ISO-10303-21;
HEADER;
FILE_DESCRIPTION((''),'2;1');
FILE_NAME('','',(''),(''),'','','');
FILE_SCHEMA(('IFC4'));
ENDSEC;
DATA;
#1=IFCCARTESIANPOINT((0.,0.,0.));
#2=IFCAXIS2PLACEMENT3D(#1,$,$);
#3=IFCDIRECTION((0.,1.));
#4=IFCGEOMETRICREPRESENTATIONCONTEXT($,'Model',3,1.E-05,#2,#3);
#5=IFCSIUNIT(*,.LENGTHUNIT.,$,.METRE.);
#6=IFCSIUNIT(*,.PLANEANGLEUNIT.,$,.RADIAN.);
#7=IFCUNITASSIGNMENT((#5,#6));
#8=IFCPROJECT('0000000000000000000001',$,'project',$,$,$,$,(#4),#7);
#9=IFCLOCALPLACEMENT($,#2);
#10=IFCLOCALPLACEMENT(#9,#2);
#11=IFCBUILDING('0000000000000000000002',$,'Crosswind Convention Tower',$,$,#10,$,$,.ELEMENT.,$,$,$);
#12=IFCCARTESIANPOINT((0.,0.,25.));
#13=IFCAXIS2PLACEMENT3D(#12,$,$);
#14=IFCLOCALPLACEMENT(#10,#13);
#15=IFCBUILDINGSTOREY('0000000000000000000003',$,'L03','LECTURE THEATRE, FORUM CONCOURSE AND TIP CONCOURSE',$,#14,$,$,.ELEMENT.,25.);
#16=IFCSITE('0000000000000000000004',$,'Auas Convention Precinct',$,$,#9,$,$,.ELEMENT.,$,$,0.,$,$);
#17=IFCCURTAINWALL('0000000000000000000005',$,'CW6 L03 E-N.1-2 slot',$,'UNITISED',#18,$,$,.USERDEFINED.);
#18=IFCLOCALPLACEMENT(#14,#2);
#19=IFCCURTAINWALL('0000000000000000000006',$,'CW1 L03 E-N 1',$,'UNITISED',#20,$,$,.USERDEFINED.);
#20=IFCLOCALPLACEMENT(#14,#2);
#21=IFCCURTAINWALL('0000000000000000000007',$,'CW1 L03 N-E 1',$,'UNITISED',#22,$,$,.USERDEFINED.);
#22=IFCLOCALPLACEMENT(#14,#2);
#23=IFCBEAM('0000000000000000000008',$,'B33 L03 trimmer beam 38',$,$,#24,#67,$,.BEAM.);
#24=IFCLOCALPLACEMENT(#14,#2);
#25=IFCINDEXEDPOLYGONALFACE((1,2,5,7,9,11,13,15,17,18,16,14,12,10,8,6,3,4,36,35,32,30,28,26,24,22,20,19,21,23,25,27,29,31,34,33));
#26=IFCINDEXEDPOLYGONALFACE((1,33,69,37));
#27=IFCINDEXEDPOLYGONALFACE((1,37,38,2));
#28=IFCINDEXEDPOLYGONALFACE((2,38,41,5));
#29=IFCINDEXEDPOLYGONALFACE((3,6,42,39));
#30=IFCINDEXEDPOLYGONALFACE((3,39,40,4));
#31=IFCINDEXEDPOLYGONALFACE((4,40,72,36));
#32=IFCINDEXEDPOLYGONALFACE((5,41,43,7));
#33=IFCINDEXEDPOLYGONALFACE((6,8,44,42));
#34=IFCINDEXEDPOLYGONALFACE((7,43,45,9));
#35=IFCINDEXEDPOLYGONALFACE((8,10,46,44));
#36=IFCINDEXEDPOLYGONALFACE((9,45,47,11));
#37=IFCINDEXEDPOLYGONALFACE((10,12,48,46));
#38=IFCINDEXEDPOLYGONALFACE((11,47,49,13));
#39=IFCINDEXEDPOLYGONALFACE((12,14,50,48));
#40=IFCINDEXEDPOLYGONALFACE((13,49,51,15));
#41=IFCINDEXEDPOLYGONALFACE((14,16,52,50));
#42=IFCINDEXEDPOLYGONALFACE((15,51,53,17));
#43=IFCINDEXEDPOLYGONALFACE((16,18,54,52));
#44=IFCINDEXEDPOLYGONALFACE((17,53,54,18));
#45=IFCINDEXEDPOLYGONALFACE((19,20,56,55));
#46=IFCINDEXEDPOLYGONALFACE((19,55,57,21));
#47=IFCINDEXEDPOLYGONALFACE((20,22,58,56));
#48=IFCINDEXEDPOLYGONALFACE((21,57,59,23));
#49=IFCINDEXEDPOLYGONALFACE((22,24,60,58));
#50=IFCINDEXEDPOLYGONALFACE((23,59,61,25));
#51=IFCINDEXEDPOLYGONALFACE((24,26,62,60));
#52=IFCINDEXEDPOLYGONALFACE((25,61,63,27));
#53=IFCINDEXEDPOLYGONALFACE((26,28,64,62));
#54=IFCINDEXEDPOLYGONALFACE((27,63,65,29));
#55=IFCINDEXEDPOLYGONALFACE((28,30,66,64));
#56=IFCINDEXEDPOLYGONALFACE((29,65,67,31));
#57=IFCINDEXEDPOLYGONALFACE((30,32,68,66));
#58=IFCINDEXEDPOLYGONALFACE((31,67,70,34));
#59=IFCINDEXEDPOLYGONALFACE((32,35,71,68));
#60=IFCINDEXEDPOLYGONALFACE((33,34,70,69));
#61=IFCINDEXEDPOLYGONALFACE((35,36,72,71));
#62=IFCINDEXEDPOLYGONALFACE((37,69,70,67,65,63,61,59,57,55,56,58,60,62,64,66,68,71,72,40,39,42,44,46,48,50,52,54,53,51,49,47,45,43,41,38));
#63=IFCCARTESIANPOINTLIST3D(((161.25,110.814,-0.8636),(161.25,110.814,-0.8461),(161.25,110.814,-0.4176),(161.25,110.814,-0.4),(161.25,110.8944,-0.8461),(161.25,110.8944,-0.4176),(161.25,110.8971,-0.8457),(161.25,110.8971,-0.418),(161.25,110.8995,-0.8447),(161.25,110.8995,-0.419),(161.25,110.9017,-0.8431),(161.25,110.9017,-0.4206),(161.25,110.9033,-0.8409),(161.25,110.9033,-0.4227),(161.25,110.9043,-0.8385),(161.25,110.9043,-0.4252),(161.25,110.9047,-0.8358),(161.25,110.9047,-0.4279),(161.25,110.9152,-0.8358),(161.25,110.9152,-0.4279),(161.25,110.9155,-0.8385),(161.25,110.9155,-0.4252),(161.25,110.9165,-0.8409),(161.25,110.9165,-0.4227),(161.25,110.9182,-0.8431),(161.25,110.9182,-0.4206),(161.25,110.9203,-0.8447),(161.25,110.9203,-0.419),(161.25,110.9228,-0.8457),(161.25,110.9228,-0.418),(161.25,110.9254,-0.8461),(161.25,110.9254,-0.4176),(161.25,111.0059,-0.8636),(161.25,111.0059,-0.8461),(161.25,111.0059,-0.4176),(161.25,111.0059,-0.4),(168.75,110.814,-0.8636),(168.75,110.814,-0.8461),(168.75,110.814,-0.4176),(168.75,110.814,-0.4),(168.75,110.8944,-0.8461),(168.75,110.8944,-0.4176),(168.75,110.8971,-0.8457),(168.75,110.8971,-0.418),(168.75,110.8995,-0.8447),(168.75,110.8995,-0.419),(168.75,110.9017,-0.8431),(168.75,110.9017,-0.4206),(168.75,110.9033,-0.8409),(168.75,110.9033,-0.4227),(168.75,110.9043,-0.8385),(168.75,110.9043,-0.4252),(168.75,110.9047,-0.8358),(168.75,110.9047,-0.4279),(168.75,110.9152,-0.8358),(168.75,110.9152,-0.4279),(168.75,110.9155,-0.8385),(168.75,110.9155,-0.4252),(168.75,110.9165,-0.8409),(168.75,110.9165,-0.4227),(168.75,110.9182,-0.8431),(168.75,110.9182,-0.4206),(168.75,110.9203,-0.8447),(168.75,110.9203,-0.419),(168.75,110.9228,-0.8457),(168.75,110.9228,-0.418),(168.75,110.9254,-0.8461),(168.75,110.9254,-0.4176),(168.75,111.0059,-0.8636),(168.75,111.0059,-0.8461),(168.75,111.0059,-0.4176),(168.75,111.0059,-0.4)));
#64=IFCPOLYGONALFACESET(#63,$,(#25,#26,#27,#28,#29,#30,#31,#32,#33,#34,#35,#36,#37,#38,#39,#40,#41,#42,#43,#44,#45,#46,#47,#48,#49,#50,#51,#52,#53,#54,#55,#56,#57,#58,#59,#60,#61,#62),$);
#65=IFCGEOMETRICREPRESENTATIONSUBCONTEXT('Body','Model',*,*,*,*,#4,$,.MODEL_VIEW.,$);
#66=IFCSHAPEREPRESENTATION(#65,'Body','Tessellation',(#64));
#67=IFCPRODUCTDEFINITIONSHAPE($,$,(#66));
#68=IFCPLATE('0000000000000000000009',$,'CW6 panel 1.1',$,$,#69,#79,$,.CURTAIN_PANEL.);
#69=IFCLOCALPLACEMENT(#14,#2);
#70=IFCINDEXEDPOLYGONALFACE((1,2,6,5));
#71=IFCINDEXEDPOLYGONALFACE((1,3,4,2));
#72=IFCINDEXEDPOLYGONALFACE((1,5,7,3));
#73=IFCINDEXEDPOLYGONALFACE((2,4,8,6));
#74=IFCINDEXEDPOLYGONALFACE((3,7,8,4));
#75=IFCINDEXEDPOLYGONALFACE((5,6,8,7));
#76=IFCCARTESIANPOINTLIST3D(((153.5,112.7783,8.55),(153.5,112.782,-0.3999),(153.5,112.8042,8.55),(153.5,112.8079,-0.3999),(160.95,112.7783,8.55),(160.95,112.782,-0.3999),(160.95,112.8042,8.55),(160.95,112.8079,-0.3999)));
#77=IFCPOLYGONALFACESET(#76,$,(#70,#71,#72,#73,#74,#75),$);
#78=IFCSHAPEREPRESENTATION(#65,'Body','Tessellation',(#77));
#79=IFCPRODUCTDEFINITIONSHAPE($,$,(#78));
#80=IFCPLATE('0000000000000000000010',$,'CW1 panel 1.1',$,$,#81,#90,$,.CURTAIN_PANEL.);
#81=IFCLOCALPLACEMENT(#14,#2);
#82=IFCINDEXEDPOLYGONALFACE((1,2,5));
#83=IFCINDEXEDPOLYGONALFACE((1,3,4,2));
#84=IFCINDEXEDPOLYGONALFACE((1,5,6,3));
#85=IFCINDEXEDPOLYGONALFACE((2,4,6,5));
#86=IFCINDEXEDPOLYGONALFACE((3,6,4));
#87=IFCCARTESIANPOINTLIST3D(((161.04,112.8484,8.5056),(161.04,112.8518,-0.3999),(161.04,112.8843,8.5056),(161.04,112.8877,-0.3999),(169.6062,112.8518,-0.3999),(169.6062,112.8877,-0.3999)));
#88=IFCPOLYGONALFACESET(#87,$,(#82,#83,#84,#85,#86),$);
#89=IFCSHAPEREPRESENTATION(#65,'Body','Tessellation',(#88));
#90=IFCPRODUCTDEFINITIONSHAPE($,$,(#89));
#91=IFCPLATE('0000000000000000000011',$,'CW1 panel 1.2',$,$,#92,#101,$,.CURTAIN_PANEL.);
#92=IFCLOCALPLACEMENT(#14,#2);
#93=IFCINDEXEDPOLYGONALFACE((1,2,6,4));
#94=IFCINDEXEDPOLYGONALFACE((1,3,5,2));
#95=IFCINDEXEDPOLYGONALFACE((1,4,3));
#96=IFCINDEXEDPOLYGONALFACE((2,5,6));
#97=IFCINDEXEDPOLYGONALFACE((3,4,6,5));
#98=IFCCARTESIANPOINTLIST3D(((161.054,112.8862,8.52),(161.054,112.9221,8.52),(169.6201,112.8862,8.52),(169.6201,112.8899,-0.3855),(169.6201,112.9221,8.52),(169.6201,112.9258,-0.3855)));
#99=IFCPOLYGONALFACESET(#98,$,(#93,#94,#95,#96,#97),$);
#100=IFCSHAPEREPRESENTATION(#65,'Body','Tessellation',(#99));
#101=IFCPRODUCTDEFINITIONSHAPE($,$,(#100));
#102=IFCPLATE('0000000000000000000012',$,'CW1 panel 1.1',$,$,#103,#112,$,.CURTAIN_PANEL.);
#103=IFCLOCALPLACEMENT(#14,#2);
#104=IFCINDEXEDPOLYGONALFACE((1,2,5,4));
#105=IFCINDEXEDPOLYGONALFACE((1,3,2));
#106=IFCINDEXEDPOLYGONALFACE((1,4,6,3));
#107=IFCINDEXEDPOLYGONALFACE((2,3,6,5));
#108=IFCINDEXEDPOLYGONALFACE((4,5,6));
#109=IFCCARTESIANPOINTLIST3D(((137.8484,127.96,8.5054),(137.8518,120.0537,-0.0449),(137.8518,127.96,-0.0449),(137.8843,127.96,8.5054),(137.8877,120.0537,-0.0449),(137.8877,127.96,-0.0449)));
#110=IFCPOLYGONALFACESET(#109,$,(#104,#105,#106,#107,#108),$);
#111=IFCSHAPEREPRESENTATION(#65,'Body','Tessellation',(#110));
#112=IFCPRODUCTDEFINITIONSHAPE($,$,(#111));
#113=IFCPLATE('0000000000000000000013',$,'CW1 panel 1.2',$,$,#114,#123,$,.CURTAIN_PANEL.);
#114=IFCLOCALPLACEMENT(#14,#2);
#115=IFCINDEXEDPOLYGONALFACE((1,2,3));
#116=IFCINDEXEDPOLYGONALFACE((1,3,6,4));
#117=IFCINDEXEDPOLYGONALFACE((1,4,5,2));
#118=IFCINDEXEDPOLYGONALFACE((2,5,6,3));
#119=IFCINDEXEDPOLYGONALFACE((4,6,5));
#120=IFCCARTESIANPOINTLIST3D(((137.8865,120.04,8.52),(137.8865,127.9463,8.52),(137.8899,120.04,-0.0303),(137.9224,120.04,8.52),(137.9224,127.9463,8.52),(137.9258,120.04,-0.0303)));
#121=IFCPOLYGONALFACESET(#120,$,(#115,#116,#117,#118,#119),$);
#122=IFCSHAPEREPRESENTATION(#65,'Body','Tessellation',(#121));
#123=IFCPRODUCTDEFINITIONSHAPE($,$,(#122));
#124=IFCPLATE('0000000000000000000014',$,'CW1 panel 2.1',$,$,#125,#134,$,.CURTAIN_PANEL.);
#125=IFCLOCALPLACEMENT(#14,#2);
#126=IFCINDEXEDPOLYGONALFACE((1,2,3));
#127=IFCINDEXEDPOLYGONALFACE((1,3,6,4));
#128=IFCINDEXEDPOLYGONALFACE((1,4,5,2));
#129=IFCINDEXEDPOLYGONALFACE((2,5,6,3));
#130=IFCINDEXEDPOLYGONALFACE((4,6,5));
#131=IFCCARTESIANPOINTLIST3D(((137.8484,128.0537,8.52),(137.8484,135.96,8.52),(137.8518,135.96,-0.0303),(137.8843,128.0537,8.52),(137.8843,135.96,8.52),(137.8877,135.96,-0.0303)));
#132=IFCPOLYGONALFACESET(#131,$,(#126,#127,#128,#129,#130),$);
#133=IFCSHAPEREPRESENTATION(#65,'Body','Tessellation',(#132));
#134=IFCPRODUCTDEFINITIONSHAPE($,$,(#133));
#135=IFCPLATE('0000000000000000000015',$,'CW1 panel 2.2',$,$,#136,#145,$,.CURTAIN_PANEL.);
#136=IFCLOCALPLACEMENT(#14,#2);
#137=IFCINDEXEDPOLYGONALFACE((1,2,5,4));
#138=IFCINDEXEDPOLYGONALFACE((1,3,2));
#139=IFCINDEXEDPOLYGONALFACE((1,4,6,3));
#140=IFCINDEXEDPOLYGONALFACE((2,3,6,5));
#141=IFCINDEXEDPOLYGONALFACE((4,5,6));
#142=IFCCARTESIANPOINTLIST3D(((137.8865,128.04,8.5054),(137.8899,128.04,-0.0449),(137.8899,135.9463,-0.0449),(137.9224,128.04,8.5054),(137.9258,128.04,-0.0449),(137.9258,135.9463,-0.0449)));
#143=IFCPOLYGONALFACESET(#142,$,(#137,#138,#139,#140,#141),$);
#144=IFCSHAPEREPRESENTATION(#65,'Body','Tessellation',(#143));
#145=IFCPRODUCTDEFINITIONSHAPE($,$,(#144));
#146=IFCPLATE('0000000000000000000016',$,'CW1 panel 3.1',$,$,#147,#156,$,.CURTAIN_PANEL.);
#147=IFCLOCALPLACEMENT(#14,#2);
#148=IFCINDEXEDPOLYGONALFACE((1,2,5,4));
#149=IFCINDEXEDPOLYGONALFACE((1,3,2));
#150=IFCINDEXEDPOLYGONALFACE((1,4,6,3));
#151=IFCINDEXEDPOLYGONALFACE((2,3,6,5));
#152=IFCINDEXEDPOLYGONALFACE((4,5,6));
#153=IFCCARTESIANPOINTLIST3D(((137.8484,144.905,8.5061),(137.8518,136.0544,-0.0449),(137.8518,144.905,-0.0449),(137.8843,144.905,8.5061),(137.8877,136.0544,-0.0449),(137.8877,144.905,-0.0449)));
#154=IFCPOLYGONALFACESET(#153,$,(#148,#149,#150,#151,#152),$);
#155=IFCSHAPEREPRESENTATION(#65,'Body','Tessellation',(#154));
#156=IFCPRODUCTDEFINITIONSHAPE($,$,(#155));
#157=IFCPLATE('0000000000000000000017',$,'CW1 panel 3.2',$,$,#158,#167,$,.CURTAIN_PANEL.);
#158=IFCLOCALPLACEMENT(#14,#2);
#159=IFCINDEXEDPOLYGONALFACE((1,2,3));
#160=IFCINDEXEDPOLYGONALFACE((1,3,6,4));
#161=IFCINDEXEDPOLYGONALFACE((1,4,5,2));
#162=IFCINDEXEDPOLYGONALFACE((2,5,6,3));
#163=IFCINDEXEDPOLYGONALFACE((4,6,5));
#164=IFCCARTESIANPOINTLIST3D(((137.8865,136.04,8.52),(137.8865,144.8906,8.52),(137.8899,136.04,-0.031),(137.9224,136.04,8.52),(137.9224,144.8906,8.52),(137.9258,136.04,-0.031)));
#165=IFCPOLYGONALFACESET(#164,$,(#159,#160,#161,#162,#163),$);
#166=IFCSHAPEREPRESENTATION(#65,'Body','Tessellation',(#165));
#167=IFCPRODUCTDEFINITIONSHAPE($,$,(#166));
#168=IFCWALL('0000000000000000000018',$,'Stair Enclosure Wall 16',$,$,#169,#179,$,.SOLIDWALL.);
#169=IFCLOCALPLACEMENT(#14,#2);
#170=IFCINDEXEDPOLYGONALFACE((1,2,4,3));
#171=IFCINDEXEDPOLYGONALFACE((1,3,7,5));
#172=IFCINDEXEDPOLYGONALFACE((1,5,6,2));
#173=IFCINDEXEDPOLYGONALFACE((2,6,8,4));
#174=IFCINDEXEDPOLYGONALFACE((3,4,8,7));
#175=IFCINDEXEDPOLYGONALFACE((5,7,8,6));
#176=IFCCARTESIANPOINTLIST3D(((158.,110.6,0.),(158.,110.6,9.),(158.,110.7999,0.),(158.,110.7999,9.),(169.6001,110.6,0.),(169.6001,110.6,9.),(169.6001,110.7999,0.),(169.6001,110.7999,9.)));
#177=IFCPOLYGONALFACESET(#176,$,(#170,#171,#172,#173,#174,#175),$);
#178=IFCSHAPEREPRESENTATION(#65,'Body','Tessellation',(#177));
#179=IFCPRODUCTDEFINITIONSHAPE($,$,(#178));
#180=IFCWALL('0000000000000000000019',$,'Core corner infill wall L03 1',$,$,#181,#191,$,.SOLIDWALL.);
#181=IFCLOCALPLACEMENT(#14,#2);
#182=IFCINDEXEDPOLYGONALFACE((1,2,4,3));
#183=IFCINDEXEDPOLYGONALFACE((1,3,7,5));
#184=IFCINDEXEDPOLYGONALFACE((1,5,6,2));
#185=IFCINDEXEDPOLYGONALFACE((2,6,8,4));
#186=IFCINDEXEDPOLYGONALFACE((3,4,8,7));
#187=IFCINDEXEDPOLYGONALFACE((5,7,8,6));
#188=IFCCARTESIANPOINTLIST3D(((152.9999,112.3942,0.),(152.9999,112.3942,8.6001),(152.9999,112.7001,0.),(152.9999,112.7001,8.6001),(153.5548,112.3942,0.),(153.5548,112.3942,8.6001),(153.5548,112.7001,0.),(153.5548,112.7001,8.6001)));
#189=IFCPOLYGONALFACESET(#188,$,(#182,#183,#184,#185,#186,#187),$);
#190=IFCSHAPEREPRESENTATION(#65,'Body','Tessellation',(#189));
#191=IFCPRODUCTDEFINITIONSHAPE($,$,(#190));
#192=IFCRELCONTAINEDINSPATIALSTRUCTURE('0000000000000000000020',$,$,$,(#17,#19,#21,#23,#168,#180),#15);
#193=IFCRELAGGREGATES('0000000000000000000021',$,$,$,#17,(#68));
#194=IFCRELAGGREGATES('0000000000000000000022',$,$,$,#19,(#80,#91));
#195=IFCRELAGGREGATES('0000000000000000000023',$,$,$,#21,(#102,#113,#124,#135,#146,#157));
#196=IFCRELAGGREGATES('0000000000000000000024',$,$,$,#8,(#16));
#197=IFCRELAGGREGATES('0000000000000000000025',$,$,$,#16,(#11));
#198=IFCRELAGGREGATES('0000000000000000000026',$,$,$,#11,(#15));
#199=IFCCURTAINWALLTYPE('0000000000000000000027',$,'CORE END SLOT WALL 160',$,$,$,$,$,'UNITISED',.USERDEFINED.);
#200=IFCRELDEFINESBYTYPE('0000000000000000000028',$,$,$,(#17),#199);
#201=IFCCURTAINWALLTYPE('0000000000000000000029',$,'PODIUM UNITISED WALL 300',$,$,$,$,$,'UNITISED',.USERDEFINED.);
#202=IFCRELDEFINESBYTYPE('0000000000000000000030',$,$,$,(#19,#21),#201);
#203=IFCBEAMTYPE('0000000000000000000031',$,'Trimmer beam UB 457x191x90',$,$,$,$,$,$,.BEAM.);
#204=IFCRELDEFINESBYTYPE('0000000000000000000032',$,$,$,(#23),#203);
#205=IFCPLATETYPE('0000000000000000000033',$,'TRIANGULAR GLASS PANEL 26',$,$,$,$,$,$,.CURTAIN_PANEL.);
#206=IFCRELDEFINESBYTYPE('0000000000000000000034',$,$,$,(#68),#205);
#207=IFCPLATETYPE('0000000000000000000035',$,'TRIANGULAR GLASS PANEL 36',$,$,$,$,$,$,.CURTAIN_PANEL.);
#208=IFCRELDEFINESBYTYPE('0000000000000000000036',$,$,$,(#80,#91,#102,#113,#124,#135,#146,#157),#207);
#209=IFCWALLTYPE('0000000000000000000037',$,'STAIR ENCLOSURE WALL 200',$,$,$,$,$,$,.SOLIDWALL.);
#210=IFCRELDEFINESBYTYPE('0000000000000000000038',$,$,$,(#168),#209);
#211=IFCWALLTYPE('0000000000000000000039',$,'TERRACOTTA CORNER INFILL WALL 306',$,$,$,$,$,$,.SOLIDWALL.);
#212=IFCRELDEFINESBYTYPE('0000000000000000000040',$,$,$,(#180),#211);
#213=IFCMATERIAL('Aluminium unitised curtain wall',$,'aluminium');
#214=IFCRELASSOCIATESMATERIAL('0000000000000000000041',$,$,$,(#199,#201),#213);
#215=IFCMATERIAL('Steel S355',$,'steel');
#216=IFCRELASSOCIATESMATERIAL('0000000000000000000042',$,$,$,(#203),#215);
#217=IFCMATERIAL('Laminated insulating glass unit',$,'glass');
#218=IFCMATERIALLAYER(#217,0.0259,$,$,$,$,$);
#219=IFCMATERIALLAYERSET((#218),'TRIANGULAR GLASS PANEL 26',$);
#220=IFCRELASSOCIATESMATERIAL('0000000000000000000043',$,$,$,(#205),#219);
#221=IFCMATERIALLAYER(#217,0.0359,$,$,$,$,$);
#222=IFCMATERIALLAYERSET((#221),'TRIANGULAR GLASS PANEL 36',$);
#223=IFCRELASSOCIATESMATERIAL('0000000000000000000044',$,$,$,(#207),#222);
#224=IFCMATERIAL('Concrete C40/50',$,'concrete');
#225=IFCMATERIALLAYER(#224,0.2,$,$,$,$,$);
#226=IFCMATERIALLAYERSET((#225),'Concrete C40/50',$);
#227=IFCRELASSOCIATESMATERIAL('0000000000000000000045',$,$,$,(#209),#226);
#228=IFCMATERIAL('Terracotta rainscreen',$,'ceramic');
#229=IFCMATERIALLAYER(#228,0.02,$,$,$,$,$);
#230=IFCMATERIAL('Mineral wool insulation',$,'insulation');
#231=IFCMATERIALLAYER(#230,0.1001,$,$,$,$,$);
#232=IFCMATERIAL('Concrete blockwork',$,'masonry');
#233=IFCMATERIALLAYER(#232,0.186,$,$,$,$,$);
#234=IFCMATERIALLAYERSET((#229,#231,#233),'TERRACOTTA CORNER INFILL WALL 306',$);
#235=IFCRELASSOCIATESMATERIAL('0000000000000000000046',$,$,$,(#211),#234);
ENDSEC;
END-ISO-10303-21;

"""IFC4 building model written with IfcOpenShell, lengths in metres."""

from ifc_helpers import new_model, si_unit, direction, frame, frame_2d, origin, origin_2d, place, context, subcontext, project, spatial, polyline, rectangle, i_section, outline, extrude, material, layer, layer_set, material_profile, profile_set, type_object, element, aggregate, save


model = new_model("IFC4")

# Units and contexts
model_context = context("Model", 3, precision=1e-05, world=origin(), true_north=direction((0.0, 1.0)))
body_context = subcontext(model_context, "Body", "Model", "MODEL_VIEW")
ifc_project = project(units=[si_unit("LENGTHUNIT", "METRE"), si_unit("PLANEANGLEUNIT", "RADIAN")], contexts=[model_context])

# Site, building, storey
site_placement = place(None, origin())
site = spatial("IfcSite", under=ifc_project, at=site_placement, Name="Auas Convention Precinct", CompositionType="ELEMENT", RefElevation=0.0)
building_placement = place(site_placement, origin())
building = spatial("IfcBuilding", under=site, at=building_placement, Name="Crosswind Convention Tower", CompositionType="ELEMENT")
storey_placement = place(building_placement, frame((0.0, 0.0, 25.0)))
storey = spatial("IfcBuildingStorey", under=building, at=storey_placement, Name="L03", Description="LECTURE THEATRE, FORUM CONCOURSE AND TIP CONCOURSE", CompositionType="ELEMENT", Elevation=25.0)

# Shared definitions
ifc_material_1 = material(Name="Steel S355", Category="steel")

# Curtain walls
ifc_material_2 = material(Name="Aluminium unitised curtain wall", Category="aluminium")
curtain_wall_type_1 = type_object("IfcCurtainWallType", Name="CORE END SLOT WALL 160", ElementType="UNITISED", PredefinedType="USERDEFINED", material=ifc_material_2)
curtain_wall_1_placement = place(storey_placement, origin())
curtain_wall_1 = element("IfcCurtainWall", 1, at=curtain_wall_1_placement, inside=storey, type_object=curtain_wall_type_1, Name="CW6 L03 E-N.1-2 slot", ObjectType="UNITISED", PredefinedType="USERDEFINED")
curtain_wall_type_2 = type_object("IfcCurtainWallType", Name="PODIUM UNITISED WALL 300", ElementType="UNITISED", PredefinedType="USERDEFINED", material=ifc_material_2)
curtain_wall_2_placement = place(storey_placement, origin())
curtain_wall_2 = element("IfcCurtainWall", 2, at=curtain_wall_2_placement, inside=storey, type_object=curtain_wall_type_2, Name="CW1 L03 E-N 1", ObjectType="UNITISED", PredefinedType="USERDEFINED")
curtain_wall_3_placement = place(storey_placement, origin())
curtain_wall_3 = element("IfcCurtainWall", 3, at=curtain_wall_3_placement, inside=storey, type_object=curtain_wall_type_2, Name="CW1 L03 N-E 1", ObjectType="UNITISED", PredefinedType="USERDEFINED")

# Beam
ifc_material_profile_1 = material_profile(ifc_material_1, i_section(OverallWidth=0.1919, OverallDepth=0.4636, WebThickness=0.0105, FlangeThickness=0.0176, FilletRadius=0.0103, at=origin_2d()), Name="UB 457x191x90")
ifc_profile_set_1 = profile_set([ifc_material_profile_1], Name="Steel S355")
beam_type_1 = type_object("IfcBeamType", Name="Trimmer beam UB 457x191x90", PredefinedType="BEAM", material=ifc_profile_set_1)
beam_1_placement = place(storey_placement, frame((161.25, 110.9099, -0.6318), z_axis=(1.0, 0.0, 0.0), x_axis=(0.0, 1.0, 0.0)))
element("IfcBeam", 4, at=beam_1_placement, inside=storey, type_object=beam_type_1, Name="B33 L03 trimmer beam 38", PredefinedType="BEAM", context=body_context, shape_type="SweptSolid", body=[
    extrude(i_section(OverallWidth=0.1919, OverallDepth=0.4636, WebThickness=0.0105, FlangeThickness=0.0176, FilletRadius=0.0103, at=origin_2d()), origin(), (0.0, 0.0, 1.0), 7.5),
])

# Plates
ifc_material_3 = material(Name="Laminated insulating glass unit", Category="glass")
ifc_layer_1 = layer(ifc_material_3, 0.0259)
ifc_layer_set_1 = layer_set([ifc_layer_1], Name="TRIANGULAR GLASS PANEL 26")
plate_type_1 = type_object("IfcPlateType", Name="TRIANGULAR GLASS PANEL 26", PredefinedType="CURTAIN_PANEL", material=ifc_layer_set_1)
plate_1_placement = place(storey_placement, frame((160.95, 112.8079, -0.3999), z_axis=(0.0, 1.0, 0.000409), x_axis=(-1.0, 0.0, 0.0)))
plate_1 = element("IfcPlate", 5, at=plate_1_placement, type_object=plate_type_1, Name="CW6 panel 1.1", PredefinedType="CURTAIN_PANEL", context=body_context, shape_type="SweptSolid", body=[
    extrude(outline(polyline([(0.0, 0.0), (7.45, 0.0), (7.45, 8.95), (0.0, 8.95), (0.0, 0.0)])), origin(), (0.0, 0.0, -1.0), 0.0259),
])
aggregate(curtain_wall_1, [plate_1])
ifc_layer_2 = layer(ifc_material_3, 0.0359)
ifc_layer_set_2 = layer_set([ifc_layer_2], Name="TRIANGULAR GLASS PANEL 36")
plate_type_2 = type_object("IfcPlateType", Name="TRIANGULAR GLASS PANEL 36", PredefinedType="CURTAIN_PANEL", material=ifc_layer_set_2)
plate_2_placement = place(storey_placement, frame((161.04, 112.8877, -0.3999), z_axis=(0.0, 1.0, 0.000384), x_axis=(0.0, -0.000384, 1.0)))
plate_2 = element("IfcPlate", 6, at=plate_2_placement, type_object=plate_type_2, Name="CW1 panel 1.1", PredefinedType="CURTAIN_PANEL", context=body_context, shape_type="SweptSolid", body=[
    extrude(outline(polyline([(0.0, 0.0), (8.9055, 0.0), (0.0, 8.5662), (0.0, 0.0)])), origin(), (0.0, 0.0, -1.0), 0.0359),
])
plate_3_placement = place(storey_placement, frame((169.6201, 112.9221, 8.52), z_axis=(0.0, 1.0, 0.000411), x_axis=(0.0, 0.000411, -1.0)))
plate_3 = element("IfcPlate", 7, at=plate_3_placement, type_object=plate_type_2, Name="CW1 panel 1.2", PredefinedType="CURTAIN_PANEL", context=body_context, shape_type="SweptSolid", body=[
    extrude(outline(polyline([(0.0, 0.0), (8.9055, 0.0), (0.0, 8.5662), (0.0, 0.0)])), origin(), (0.0, 0.0, -1.0), 0.0359),
])
plate_4_placement = place(storey_placement, frame((137.8877, 127.96, -0.0449), z_axis=(1.0, 0.0, 0.0004), x_axis=(-0.0004, 0.0, 1.0)))
plate_4 = element("IfcPlate", 8, at=plate_4_placement, type_object=plate_type_2, Name="CW1 panel 1.1", PredefinedType="CURTAIN_PANEL", context=body_context, shape_type="SweptSolid", body=[
    extrude(outline(polyline([(0.0, 0.0), (8.5503, 0.0), (0.0, 7.9062), (0.0, 0.0)])), origin(), (0.0, 0.0, -1.0), 0.0359),
])
plate_5_placement = place(storey_placement, frame((137.9224, 120.04, 8.52), z_axis=(1.0, 0.0, 0.0004), x_axis=(0.0004, 0.0, -1.0)))
plate_5 = element("IfcPlate", 9, at=plate_5_placement, type_object=plate_type_2, Name="CW1 panel 1.2", PredefinedType="CURTAIN_PANEL", context=body_context, shape_type="SweptSolid", body=[
    extrude(outline(polyline([(0.0, 0.0), (8.5503, 0.0), (0.0, 7.9062), (0.0, 0.0)])), origin(), (0.0, 0.0, -1.0), 0.0359),
])
plate_6_placement = place(storey_placement, frame((137.8843, 135.96, 8.52), z_axis=(1.0, 0.0, 0.0004), x_axis=(0.0, -1.0, 0.0)))
plate_6 = element("IfcPlate", 10, at=plate_6_placement, type_object=plate_type_2, Name="CW1 panel 2.1", PredefinedType="CURTAIN_PANEL", context=body_context, shape_type="SweptSolid", body=[
    extrude(outline(polyline([(0.0, 0.0), (7.9062, 0.0), (0.0, 8.5503), (0.0, 0.0)])), origin(), (0.0, 0.0, -1.0), 0.0359),
])
plate_7_placement = place(storey_placement, frame((137.9258, 128.04, -0.0449), z_axis=(1.0, 0.0, 0.0004), x_axis=(0.0, 1.0, 0.0)))
plate_7 = element("IfcPlate", 11, at=plate_7_placement, type_object=plate_type_2, Name="CW1 panel 2.2", PredefinedType="CURTAIN_PANEL", context=body_context, shape_type="SweptSolid", body=[
    extrude(outline(polyline([(0.0, 0.0), (7.9062, 0.0), (0.0, 8.5503), (0.0, 0.0)])), origin(), (0.0, 0.0, -1.0), 0.0359),
])
plate_8_placement = place(storey_placement, frame((137.8877, 144.905, -0.0449), z_axis=(1.0, 0.0, 0.0004), x_axis=(-0.0004, 0.0, 1.0)))
plate_8 = element("IfcPlate", 12, at=plate_8_placement, type_object=plate_type_2, Name="CW1 panel 3.1", PredefinedType="CURTAIN_PANEL", context=body_context, shape_type="SweptSolid", body=[
    extrude(outline(polyline([(0.0, 0.0), (8.551, 0.0), (0.0, 8.8506), (0.0, 0.0)])), origin(), (0.0, 0.0, -1.0), 0.0359),
])
plate_9_placement = place(storey_placement, frame((137.9224, 136.04, 8.52), z_axis=(1.0, 0.0, 0.0004), x_axis=(0.0004, 0.0, -1.0)))
plate_9 = element("IfcPlate", 13, at=plate_9_placement, type_object=plate_type_2, Name="CW1 panel 3.2", PredefinedType="CURTAIN_PANEL", context=body_context, shape_type="SweptSolid", body=[
    extrude(outline(polyline([(0.0, 0.0), (8.551, 0.0), (0.0, 8.8506), (0.0, 0.0)])), origin(), (0.0, 0.0, -1.0), 0.0359),
])

# Walls
ifc_material_4 = material(Name="Concrete C40/50", Category="concrete")
ifc_layer_3 = layer(ifc_material_4, 0.2)
ifc_layer_set_3 = layer_set([ifc_layer_3], Name="Concrete C40/50")
wall_type_1 = type_object("IfcWallType", Name="STAIR ENCLOSURE WALL 200", PredefinedType="SOLIDWALL", material=ifc_layer_set_3)
wall_1_placement = place(storey_placement, frame((158.0, 110.7, 0.0), z_axis=(0.0, 0.0, 1.0), x_axis=(1.0, 0.0, 0.0)))
element("IfcWall", 14, at=wall_1_placement, inside=storey, type_object=wall_type_1, Name="Stair Enclosure Wall 16", PredefinedType="SOLIDWALL", context=body_context, shape_type="SweptSolid", body=[
    extrude(rectangle(XDim=11.6001, YDim=0.2, at=frame_2d((5.8, 0.0))), origin(), (0.0, 0.0, 1.0), 9.0),
])
ifc_material_5 = material(Name="Terracotta rainscreen", Category="ceramic")
ifc_layer_4 = layer(ifc_material_5, 0.02)
ifc_material_6 = material(Name="Mineral wool insulation", Category="insulation")
ifc_layer_5 = layer(ifc_material_6, 0.1001)
ifc_material_7 = material(Name="Concrete blockwork", Category="masonry")
ifc_layer_6 = layer(ifc_material_7, 0.186)
ifc_layer_set_4 = layer_set([ifc_layer_4, ifc_layer_5, ifc_layer_6], Name="TERRACOTTA CORNER INFILL WALL 306")
wall_type_2 = type_object("IfcWallType", Name="TERRACOTTA CORNER INFILL WALL 306", PredefinedType="SOLIDWALL", material=ifc_layer_set_4)
wall_2_placement = place(storey_placement, frame((153.0, 112.5471, 0.0), z_axis=(0.0, 0.0, 1.0), x_axis=(1.0, 0.0, 0.0)))
element("IfcWall", 15, at=wall_2_placement, inside=storey, type_object=wall_type_2, Name="Core corner infill wall L03 1", PredefinedType="SOLIDWALL", context=body_context, shape_type="SweptSolid", body=[
    extrude(rectangle(XDim=0.5549, YDim=0.3059, at=frame_2d((0.2773, 0.0))), origin(), (0.0, 0.0, 1.0), 8.6001),
])

aggregate(curtain_wall_2, [plate_2, plate_3])
aggregate(curtain_wall_3, [plate_4, plate_5, plate_6, plate_7, plate_8, plate_9])

save(model, "model.ifc")
